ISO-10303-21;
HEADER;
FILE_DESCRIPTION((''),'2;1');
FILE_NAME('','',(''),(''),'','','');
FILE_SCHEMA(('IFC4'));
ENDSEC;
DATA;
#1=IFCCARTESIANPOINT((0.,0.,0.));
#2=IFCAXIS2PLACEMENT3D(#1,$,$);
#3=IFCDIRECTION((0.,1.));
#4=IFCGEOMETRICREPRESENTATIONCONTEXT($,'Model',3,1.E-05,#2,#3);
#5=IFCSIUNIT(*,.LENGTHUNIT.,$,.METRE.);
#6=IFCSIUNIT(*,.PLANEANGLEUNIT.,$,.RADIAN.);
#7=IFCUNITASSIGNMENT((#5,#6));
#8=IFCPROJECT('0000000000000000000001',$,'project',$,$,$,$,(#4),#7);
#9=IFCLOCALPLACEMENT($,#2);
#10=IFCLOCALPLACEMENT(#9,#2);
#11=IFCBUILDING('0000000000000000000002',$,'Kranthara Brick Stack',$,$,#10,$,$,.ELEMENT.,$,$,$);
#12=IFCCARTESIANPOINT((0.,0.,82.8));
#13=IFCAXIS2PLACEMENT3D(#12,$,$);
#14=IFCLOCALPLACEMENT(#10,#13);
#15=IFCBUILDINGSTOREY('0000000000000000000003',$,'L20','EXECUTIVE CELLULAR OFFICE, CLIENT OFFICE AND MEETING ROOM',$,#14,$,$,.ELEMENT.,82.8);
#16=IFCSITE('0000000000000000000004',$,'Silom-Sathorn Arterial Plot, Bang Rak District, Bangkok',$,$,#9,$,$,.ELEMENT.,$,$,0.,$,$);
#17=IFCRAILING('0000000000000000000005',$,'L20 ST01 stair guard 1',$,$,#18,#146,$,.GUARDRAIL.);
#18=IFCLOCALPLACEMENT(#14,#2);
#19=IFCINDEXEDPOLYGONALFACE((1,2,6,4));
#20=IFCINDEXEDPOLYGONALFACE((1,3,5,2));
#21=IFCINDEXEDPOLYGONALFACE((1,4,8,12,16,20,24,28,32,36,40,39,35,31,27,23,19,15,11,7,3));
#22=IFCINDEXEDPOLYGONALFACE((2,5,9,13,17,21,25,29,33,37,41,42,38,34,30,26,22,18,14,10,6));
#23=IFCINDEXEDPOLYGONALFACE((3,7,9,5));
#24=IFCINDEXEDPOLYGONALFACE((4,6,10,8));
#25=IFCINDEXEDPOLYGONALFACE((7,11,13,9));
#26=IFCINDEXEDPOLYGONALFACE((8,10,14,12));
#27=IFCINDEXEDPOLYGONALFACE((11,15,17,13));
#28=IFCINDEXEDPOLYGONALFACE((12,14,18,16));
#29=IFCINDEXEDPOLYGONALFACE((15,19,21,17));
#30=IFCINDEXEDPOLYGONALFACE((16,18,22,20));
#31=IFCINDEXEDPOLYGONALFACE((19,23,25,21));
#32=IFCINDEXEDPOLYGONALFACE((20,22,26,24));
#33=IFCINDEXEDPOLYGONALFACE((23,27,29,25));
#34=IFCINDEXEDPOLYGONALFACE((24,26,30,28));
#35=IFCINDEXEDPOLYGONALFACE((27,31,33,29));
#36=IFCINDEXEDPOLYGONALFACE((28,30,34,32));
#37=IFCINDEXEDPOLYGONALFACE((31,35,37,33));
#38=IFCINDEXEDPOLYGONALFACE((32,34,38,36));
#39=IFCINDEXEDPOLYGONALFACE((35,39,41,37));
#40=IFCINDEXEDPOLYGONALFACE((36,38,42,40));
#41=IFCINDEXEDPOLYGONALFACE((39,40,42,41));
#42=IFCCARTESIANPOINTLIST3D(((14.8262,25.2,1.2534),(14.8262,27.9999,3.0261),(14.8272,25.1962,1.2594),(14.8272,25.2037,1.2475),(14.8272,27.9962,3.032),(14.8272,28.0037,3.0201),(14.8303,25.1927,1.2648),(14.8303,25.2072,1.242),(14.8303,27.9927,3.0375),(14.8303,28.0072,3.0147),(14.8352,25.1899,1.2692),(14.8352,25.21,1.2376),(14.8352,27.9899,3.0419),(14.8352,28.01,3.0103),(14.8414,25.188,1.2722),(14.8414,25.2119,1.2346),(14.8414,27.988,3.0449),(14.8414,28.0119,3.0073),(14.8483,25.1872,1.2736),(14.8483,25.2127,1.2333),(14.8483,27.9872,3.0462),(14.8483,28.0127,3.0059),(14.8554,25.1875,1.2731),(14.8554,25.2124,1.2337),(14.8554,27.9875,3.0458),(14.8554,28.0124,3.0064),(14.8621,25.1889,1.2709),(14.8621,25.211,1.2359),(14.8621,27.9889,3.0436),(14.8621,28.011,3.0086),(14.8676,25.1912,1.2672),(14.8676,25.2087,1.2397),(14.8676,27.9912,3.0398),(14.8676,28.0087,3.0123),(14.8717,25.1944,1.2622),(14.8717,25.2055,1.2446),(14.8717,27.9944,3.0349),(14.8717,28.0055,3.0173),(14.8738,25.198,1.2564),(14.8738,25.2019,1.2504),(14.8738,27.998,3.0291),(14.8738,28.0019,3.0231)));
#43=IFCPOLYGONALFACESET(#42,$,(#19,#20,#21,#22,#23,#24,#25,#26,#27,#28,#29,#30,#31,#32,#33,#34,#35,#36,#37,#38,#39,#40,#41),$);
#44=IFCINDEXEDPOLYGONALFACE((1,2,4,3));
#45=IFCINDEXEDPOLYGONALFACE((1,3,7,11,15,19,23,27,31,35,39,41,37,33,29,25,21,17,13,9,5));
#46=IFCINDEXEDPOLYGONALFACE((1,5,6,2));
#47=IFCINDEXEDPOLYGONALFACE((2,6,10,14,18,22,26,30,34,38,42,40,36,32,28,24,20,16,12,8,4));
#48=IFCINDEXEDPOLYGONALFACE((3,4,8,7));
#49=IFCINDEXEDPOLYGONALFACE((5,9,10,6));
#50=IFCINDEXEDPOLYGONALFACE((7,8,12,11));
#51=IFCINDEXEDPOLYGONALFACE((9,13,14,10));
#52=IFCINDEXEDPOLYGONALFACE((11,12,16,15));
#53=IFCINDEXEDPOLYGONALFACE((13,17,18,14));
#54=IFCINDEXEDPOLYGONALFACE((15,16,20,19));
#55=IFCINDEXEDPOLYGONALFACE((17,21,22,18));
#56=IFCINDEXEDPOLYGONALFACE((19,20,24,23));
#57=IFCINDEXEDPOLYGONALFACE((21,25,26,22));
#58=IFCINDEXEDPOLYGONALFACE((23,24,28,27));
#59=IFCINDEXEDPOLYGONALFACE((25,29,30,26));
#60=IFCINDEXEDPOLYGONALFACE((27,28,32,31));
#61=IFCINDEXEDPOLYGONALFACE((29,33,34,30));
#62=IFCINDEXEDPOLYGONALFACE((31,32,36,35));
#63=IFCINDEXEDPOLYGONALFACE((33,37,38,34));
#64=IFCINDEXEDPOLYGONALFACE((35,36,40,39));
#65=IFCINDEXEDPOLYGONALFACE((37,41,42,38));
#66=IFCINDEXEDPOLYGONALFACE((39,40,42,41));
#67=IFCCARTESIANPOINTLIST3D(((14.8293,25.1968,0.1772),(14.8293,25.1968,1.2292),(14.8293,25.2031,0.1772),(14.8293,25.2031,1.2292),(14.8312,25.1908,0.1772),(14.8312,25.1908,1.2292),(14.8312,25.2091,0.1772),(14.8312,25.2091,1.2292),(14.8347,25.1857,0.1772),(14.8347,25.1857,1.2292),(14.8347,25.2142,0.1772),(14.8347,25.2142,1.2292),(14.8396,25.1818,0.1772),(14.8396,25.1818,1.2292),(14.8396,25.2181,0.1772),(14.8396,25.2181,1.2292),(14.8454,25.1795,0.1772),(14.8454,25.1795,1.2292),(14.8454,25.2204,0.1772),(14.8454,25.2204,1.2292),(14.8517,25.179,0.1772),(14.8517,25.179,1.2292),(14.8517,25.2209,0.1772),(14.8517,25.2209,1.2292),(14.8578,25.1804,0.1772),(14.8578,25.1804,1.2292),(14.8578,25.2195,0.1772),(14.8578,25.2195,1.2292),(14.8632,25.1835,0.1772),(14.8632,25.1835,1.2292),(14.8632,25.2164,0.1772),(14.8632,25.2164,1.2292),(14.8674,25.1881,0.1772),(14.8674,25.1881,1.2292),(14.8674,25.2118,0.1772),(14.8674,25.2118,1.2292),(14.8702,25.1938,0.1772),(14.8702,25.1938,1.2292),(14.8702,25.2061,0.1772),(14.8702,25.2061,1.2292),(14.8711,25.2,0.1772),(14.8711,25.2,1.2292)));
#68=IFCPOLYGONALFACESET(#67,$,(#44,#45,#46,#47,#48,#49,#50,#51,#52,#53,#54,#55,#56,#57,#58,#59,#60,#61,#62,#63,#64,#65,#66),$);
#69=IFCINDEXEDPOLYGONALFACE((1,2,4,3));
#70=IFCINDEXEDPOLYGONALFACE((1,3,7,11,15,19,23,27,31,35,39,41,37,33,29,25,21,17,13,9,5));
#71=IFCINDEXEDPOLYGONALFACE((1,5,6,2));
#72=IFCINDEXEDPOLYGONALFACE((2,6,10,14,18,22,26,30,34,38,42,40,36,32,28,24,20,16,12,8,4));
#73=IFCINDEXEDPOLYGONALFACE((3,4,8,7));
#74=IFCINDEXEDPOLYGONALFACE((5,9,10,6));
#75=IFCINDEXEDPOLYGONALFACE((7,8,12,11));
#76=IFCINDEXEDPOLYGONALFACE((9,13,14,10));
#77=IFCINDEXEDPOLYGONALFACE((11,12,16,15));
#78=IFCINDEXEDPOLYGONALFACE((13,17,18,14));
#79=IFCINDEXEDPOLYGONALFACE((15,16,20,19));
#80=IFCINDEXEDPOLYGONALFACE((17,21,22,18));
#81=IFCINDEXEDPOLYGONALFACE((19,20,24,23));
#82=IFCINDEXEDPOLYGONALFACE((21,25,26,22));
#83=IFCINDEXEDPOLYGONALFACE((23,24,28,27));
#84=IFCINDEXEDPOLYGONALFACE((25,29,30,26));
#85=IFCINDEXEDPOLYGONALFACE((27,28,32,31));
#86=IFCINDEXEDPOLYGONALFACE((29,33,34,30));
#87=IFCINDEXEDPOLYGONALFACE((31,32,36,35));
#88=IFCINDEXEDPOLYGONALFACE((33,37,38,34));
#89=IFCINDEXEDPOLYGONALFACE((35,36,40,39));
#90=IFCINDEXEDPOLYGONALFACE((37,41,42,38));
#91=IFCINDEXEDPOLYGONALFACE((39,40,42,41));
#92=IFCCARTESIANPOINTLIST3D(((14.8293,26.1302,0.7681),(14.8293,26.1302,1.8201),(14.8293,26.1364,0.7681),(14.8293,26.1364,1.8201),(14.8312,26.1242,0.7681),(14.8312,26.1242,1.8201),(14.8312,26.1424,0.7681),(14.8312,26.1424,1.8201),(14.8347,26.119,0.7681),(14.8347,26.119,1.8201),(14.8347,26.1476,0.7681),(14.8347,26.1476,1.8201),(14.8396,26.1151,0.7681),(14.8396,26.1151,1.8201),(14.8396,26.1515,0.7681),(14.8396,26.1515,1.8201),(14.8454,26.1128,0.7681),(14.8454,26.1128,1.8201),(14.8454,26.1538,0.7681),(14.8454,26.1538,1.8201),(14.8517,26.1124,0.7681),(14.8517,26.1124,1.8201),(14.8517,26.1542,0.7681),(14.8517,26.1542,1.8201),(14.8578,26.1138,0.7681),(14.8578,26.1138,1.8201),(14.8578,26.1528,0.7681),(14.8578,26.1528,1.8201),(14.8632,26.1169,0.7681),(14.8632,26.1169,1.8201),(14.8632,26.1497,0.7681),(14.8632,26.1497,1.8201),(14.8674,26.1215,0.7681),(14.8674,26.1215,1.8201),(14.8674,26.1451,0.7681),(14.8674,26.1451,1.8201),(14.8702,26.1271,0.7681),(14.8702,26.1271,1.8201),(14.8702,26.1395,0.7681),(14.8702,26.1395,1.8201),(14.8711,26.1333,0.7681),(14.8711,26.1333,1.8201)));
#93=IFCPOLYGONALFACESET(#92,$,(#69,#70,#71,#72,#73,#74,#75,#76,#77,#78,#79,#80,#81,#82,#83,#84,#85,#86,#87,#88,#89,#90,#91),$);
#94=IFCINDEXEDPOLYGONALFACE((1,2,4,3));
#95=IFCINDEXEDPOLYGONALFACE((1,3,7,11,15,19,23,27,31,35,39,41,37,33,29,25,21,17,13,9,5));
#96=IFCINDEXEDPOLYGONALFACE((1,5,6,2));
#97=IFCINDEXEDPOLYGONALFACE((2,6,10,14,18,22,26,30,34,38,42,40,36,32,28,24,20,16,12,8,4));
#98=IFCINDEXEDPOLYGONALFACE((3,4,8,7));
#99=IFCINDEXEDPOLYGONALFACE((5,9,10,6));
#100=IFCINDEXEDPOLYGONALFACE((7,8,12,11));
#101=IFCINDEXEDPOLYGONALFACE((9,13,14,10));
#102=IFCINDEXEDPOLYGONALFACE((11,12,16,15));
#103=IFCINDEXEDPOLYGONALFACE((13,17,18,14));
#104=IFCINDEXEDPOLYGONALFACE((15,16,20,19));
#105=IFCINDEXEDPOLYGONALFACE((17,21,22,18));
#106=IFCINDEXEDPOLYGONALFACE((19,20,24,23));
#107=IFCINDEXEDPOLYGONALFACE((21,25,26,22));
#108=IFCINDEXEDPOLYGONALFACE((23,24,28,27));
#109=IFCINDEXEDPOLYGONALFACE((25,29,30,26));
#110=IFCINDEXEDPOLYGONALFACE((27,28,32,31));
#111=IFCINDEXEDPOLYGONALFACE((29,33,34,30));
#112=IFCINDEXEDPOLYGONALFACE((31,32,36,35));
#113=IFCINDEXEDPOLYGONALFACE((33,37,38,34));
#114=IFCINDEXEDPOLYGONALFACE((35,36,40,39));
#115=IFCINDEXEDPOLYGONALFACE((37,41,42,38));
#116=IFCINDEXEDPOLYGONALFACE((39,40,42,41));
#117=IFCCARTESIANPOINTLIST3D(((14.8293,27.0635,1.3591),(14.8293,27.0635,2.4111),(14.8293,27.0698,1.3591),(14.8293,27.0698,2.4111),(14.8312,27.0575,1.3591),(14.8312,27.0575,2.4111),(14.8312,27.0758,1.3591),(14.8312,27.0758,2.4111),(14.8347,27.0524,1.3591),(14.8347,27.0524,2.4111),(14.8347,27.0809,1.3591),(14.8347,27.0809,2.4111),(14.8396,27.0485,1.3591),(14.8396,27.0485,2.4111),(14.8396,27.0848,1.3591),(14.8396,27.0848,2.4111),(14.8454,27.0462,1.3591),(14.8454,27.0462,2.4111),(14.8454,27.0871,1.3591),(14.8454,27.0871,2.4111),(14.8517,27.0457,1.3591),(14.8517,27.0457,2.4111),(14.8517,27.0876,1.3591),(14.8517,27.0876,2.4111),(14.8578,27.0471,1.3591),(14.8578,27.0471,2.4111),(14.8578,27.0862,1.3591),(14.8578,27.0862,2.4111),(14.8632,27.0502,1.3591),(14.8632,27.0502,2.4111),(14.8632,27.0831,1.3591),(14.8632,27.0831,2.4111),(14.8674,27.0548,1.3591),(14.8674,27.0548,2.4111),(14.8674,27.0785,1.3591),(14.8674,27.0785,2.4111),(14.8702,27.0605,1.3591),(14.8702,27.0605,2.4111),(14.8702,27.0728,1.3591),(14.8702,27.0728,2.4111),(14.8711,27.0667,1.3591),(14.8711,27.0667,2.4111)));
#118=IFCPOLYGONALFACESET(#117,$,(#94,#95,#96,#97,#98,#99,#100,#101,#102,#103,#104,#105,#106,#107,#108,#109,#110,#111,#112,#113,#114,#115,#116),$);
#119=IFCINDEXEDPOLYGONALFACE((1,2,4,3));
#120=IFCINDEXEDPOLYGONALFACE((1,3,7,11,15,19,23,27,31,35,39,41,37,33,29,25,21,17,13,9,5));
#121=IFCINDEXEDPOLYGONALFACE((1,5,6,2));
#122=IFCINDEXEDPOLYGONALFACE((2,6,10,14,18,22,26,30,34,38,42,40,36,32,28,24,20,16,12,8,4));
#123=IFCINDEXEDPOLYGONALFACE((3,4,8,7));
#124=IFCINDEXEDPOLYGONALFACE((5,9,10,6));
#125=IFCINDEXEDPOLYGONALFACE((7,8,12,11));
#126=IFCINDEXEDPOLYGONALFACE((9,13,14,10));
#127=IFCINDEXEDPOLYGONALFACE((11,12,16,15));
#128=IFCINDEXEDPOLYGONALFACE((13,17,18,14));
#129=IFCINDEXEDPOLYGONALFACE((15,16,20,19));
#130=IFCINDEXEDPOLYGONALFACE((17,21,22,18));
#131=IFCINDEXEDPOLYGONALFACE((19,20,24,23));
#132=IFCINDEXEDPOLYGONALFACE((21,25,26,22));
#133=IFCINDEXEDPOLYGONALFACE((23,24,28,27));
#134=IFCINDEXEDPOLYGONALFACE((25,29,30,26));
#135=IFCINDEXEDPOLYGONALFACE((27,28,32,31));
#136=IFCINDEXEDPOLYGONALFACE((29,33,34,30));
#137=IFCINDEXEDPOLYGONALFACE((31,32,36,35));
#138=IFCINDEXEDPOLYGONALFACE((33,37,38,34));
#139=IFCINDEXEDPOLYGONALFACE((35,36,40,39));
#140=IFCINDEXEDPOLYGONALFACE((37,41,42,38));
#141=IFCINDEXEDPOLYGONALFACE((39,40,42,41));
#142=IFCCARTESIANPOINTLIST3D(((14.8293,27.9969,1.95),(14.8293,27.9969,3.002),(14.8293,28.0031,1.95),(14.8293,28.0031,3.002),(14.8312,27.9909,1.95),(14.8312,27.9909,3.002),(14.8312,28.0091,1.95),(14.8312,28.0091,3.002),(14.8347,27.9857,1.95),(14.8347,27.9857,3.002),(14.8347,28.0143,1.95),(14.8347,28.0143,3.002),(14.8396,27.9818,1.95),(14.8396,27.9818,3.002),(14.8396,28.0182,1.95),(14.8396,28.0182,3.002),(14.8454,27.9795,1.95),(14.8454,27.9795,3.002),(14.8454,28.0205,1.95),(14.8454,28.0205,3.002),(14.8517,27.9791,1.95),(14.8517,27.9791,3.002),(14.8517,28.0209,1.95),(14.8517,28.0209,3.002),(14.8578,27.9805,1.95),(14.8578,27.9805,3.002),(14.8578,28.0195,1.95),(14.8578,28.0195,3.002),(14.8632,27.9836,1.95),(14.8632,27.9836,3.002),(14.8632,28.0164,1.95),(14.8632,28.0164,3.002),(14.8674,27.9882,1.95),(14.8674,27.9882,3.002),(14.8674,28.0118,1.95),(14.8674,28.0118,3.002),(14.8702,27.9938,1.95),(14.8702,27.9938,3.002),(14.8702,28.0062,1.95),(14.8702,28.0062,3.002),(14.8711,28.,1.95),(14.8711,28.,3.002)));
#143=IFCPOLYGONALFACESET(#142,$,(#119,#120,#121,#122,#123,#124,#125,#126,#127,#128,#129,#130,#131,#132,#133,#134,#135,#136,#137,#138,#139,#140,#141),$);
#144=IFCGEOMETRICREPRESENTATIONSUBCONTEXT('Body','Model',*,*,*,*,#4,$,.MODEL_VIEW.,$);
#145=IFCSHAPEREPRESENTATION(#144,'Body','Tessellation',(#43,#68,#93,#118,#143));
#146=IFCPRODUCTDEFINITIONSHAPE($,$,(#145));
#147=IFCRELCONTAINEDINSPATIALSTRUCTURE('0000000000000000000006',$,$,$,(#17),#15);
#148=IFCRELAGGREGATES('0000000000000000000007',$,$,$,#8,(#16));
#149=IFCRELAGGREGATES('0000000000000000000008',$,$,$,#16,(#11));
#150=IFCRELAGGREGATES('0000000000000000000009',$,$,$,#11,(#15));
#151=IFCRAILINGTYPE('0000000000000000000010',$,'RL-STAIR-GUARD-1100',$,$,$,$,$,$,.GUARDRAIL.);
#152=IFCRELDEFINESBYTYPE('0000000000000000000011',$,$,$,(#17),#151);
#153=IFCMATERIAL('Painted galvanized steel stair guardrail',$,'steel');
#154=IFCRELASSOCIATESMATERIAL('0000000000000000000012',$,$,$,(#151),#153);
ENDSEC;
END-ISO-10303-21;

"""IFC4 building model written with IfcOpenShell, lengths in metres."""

from ifc_helpers import new_model, si_unit, direction, frame, origin, origin_2d, place, context, subcontext, project, spatial, circle, extrude, material, type_object, element, save


model = new_model("IFC4")

# Units and contexts
model_context = context("Model", 3, precision=1e-05, world=origin(), true_north=direction((0.0, 1.0)))
body_context = subcontext(model_context, "Body", "Model", "MODEL_VIEW")
ifc_project = project(units=[si_unit("LENGTHUNIT", "METRE"), si_unit("PLANEANGLEUNIT", "RADIAN")], contexts=[model_context])

# Site, building, storey
site_placement = place(None, origin())
site = spatial("IfcSite", under=ifc_project, at=site_placement, Name="Silom-Sathorn Arterial Plot, Bang Rak District, Bangkok", CompositionType="ELEMENT", RefElevation=0.0)
building_placement = place(site_placement, origin())
building = spatial("IfcBuilding", under=site, at=building_placement, Name="Kranthara Brick Stack", CompositionType="ELEMENT")
storey_placement = place(building_placement, frame((0.0, 0.0, 82.8)))
storey = spatial("IfcBuildingStorey", under=building, at=storey_placement, Name="L20", Description="EXECUTIVE CELLULAR OFFICE, CLIENT OFFICE AND MEETING ROOM", CompositionType="ELEMENT", Elevation=82.8)

# Railing
ifc_material_1 = material(Name="Painted galvanized steel stair guardrail", Category="steel")
railing_type_1 = type_object("IfcRailingType", Name="RL-STAIR-GUARD-1100", PredefinedType="GUARDRAIL", material=ifc_material_1)
railing_1_placement = place(storey_placement, frame((14.8501, 25.2, 0.1772)))
element("IfcRailing", 1, at=railing_1_placement, inside=storey, type_object=railing_type_1, Name="L20 ST01 stair guard 1", PredefinedType="GUARDRAIL", context=body_context, shape_type="SweptSolid", body=[
    extrude(circle(Radius=0.0239, at=origin_2d()), frame((0.0, 0.0, 1.0762), z_axis=(0.0, 0.844909, 0.53491), x_axis=(-1.0, 0.0, 0.0)), (0.0, 0.0, 1.0), 3.314),
    extrude(circle(Radius=0.021, at=origin_2d()), origin(), (0.0, 0.0, 1.0), 1.052),
    extrude(circle(Radius=0.021, at=origin_2d()), frame((0.0, 0.9333, 0.5908)), (0.0, 0.0, 1.0), 1.052),
    extrude(circle(Radius=0.021, at=origin_2d()), frame((0.0, 1.8667, 1.1819)), (0.0, 0.0, 1.0), 1.052),
    extrude(circle(Radius=0.021, at=origin_2d()), frame((0.0, 2.8, 1.7727)), (0.0, 0.0, 1.0), 1.052),
])

save(model, "model.ifc")
